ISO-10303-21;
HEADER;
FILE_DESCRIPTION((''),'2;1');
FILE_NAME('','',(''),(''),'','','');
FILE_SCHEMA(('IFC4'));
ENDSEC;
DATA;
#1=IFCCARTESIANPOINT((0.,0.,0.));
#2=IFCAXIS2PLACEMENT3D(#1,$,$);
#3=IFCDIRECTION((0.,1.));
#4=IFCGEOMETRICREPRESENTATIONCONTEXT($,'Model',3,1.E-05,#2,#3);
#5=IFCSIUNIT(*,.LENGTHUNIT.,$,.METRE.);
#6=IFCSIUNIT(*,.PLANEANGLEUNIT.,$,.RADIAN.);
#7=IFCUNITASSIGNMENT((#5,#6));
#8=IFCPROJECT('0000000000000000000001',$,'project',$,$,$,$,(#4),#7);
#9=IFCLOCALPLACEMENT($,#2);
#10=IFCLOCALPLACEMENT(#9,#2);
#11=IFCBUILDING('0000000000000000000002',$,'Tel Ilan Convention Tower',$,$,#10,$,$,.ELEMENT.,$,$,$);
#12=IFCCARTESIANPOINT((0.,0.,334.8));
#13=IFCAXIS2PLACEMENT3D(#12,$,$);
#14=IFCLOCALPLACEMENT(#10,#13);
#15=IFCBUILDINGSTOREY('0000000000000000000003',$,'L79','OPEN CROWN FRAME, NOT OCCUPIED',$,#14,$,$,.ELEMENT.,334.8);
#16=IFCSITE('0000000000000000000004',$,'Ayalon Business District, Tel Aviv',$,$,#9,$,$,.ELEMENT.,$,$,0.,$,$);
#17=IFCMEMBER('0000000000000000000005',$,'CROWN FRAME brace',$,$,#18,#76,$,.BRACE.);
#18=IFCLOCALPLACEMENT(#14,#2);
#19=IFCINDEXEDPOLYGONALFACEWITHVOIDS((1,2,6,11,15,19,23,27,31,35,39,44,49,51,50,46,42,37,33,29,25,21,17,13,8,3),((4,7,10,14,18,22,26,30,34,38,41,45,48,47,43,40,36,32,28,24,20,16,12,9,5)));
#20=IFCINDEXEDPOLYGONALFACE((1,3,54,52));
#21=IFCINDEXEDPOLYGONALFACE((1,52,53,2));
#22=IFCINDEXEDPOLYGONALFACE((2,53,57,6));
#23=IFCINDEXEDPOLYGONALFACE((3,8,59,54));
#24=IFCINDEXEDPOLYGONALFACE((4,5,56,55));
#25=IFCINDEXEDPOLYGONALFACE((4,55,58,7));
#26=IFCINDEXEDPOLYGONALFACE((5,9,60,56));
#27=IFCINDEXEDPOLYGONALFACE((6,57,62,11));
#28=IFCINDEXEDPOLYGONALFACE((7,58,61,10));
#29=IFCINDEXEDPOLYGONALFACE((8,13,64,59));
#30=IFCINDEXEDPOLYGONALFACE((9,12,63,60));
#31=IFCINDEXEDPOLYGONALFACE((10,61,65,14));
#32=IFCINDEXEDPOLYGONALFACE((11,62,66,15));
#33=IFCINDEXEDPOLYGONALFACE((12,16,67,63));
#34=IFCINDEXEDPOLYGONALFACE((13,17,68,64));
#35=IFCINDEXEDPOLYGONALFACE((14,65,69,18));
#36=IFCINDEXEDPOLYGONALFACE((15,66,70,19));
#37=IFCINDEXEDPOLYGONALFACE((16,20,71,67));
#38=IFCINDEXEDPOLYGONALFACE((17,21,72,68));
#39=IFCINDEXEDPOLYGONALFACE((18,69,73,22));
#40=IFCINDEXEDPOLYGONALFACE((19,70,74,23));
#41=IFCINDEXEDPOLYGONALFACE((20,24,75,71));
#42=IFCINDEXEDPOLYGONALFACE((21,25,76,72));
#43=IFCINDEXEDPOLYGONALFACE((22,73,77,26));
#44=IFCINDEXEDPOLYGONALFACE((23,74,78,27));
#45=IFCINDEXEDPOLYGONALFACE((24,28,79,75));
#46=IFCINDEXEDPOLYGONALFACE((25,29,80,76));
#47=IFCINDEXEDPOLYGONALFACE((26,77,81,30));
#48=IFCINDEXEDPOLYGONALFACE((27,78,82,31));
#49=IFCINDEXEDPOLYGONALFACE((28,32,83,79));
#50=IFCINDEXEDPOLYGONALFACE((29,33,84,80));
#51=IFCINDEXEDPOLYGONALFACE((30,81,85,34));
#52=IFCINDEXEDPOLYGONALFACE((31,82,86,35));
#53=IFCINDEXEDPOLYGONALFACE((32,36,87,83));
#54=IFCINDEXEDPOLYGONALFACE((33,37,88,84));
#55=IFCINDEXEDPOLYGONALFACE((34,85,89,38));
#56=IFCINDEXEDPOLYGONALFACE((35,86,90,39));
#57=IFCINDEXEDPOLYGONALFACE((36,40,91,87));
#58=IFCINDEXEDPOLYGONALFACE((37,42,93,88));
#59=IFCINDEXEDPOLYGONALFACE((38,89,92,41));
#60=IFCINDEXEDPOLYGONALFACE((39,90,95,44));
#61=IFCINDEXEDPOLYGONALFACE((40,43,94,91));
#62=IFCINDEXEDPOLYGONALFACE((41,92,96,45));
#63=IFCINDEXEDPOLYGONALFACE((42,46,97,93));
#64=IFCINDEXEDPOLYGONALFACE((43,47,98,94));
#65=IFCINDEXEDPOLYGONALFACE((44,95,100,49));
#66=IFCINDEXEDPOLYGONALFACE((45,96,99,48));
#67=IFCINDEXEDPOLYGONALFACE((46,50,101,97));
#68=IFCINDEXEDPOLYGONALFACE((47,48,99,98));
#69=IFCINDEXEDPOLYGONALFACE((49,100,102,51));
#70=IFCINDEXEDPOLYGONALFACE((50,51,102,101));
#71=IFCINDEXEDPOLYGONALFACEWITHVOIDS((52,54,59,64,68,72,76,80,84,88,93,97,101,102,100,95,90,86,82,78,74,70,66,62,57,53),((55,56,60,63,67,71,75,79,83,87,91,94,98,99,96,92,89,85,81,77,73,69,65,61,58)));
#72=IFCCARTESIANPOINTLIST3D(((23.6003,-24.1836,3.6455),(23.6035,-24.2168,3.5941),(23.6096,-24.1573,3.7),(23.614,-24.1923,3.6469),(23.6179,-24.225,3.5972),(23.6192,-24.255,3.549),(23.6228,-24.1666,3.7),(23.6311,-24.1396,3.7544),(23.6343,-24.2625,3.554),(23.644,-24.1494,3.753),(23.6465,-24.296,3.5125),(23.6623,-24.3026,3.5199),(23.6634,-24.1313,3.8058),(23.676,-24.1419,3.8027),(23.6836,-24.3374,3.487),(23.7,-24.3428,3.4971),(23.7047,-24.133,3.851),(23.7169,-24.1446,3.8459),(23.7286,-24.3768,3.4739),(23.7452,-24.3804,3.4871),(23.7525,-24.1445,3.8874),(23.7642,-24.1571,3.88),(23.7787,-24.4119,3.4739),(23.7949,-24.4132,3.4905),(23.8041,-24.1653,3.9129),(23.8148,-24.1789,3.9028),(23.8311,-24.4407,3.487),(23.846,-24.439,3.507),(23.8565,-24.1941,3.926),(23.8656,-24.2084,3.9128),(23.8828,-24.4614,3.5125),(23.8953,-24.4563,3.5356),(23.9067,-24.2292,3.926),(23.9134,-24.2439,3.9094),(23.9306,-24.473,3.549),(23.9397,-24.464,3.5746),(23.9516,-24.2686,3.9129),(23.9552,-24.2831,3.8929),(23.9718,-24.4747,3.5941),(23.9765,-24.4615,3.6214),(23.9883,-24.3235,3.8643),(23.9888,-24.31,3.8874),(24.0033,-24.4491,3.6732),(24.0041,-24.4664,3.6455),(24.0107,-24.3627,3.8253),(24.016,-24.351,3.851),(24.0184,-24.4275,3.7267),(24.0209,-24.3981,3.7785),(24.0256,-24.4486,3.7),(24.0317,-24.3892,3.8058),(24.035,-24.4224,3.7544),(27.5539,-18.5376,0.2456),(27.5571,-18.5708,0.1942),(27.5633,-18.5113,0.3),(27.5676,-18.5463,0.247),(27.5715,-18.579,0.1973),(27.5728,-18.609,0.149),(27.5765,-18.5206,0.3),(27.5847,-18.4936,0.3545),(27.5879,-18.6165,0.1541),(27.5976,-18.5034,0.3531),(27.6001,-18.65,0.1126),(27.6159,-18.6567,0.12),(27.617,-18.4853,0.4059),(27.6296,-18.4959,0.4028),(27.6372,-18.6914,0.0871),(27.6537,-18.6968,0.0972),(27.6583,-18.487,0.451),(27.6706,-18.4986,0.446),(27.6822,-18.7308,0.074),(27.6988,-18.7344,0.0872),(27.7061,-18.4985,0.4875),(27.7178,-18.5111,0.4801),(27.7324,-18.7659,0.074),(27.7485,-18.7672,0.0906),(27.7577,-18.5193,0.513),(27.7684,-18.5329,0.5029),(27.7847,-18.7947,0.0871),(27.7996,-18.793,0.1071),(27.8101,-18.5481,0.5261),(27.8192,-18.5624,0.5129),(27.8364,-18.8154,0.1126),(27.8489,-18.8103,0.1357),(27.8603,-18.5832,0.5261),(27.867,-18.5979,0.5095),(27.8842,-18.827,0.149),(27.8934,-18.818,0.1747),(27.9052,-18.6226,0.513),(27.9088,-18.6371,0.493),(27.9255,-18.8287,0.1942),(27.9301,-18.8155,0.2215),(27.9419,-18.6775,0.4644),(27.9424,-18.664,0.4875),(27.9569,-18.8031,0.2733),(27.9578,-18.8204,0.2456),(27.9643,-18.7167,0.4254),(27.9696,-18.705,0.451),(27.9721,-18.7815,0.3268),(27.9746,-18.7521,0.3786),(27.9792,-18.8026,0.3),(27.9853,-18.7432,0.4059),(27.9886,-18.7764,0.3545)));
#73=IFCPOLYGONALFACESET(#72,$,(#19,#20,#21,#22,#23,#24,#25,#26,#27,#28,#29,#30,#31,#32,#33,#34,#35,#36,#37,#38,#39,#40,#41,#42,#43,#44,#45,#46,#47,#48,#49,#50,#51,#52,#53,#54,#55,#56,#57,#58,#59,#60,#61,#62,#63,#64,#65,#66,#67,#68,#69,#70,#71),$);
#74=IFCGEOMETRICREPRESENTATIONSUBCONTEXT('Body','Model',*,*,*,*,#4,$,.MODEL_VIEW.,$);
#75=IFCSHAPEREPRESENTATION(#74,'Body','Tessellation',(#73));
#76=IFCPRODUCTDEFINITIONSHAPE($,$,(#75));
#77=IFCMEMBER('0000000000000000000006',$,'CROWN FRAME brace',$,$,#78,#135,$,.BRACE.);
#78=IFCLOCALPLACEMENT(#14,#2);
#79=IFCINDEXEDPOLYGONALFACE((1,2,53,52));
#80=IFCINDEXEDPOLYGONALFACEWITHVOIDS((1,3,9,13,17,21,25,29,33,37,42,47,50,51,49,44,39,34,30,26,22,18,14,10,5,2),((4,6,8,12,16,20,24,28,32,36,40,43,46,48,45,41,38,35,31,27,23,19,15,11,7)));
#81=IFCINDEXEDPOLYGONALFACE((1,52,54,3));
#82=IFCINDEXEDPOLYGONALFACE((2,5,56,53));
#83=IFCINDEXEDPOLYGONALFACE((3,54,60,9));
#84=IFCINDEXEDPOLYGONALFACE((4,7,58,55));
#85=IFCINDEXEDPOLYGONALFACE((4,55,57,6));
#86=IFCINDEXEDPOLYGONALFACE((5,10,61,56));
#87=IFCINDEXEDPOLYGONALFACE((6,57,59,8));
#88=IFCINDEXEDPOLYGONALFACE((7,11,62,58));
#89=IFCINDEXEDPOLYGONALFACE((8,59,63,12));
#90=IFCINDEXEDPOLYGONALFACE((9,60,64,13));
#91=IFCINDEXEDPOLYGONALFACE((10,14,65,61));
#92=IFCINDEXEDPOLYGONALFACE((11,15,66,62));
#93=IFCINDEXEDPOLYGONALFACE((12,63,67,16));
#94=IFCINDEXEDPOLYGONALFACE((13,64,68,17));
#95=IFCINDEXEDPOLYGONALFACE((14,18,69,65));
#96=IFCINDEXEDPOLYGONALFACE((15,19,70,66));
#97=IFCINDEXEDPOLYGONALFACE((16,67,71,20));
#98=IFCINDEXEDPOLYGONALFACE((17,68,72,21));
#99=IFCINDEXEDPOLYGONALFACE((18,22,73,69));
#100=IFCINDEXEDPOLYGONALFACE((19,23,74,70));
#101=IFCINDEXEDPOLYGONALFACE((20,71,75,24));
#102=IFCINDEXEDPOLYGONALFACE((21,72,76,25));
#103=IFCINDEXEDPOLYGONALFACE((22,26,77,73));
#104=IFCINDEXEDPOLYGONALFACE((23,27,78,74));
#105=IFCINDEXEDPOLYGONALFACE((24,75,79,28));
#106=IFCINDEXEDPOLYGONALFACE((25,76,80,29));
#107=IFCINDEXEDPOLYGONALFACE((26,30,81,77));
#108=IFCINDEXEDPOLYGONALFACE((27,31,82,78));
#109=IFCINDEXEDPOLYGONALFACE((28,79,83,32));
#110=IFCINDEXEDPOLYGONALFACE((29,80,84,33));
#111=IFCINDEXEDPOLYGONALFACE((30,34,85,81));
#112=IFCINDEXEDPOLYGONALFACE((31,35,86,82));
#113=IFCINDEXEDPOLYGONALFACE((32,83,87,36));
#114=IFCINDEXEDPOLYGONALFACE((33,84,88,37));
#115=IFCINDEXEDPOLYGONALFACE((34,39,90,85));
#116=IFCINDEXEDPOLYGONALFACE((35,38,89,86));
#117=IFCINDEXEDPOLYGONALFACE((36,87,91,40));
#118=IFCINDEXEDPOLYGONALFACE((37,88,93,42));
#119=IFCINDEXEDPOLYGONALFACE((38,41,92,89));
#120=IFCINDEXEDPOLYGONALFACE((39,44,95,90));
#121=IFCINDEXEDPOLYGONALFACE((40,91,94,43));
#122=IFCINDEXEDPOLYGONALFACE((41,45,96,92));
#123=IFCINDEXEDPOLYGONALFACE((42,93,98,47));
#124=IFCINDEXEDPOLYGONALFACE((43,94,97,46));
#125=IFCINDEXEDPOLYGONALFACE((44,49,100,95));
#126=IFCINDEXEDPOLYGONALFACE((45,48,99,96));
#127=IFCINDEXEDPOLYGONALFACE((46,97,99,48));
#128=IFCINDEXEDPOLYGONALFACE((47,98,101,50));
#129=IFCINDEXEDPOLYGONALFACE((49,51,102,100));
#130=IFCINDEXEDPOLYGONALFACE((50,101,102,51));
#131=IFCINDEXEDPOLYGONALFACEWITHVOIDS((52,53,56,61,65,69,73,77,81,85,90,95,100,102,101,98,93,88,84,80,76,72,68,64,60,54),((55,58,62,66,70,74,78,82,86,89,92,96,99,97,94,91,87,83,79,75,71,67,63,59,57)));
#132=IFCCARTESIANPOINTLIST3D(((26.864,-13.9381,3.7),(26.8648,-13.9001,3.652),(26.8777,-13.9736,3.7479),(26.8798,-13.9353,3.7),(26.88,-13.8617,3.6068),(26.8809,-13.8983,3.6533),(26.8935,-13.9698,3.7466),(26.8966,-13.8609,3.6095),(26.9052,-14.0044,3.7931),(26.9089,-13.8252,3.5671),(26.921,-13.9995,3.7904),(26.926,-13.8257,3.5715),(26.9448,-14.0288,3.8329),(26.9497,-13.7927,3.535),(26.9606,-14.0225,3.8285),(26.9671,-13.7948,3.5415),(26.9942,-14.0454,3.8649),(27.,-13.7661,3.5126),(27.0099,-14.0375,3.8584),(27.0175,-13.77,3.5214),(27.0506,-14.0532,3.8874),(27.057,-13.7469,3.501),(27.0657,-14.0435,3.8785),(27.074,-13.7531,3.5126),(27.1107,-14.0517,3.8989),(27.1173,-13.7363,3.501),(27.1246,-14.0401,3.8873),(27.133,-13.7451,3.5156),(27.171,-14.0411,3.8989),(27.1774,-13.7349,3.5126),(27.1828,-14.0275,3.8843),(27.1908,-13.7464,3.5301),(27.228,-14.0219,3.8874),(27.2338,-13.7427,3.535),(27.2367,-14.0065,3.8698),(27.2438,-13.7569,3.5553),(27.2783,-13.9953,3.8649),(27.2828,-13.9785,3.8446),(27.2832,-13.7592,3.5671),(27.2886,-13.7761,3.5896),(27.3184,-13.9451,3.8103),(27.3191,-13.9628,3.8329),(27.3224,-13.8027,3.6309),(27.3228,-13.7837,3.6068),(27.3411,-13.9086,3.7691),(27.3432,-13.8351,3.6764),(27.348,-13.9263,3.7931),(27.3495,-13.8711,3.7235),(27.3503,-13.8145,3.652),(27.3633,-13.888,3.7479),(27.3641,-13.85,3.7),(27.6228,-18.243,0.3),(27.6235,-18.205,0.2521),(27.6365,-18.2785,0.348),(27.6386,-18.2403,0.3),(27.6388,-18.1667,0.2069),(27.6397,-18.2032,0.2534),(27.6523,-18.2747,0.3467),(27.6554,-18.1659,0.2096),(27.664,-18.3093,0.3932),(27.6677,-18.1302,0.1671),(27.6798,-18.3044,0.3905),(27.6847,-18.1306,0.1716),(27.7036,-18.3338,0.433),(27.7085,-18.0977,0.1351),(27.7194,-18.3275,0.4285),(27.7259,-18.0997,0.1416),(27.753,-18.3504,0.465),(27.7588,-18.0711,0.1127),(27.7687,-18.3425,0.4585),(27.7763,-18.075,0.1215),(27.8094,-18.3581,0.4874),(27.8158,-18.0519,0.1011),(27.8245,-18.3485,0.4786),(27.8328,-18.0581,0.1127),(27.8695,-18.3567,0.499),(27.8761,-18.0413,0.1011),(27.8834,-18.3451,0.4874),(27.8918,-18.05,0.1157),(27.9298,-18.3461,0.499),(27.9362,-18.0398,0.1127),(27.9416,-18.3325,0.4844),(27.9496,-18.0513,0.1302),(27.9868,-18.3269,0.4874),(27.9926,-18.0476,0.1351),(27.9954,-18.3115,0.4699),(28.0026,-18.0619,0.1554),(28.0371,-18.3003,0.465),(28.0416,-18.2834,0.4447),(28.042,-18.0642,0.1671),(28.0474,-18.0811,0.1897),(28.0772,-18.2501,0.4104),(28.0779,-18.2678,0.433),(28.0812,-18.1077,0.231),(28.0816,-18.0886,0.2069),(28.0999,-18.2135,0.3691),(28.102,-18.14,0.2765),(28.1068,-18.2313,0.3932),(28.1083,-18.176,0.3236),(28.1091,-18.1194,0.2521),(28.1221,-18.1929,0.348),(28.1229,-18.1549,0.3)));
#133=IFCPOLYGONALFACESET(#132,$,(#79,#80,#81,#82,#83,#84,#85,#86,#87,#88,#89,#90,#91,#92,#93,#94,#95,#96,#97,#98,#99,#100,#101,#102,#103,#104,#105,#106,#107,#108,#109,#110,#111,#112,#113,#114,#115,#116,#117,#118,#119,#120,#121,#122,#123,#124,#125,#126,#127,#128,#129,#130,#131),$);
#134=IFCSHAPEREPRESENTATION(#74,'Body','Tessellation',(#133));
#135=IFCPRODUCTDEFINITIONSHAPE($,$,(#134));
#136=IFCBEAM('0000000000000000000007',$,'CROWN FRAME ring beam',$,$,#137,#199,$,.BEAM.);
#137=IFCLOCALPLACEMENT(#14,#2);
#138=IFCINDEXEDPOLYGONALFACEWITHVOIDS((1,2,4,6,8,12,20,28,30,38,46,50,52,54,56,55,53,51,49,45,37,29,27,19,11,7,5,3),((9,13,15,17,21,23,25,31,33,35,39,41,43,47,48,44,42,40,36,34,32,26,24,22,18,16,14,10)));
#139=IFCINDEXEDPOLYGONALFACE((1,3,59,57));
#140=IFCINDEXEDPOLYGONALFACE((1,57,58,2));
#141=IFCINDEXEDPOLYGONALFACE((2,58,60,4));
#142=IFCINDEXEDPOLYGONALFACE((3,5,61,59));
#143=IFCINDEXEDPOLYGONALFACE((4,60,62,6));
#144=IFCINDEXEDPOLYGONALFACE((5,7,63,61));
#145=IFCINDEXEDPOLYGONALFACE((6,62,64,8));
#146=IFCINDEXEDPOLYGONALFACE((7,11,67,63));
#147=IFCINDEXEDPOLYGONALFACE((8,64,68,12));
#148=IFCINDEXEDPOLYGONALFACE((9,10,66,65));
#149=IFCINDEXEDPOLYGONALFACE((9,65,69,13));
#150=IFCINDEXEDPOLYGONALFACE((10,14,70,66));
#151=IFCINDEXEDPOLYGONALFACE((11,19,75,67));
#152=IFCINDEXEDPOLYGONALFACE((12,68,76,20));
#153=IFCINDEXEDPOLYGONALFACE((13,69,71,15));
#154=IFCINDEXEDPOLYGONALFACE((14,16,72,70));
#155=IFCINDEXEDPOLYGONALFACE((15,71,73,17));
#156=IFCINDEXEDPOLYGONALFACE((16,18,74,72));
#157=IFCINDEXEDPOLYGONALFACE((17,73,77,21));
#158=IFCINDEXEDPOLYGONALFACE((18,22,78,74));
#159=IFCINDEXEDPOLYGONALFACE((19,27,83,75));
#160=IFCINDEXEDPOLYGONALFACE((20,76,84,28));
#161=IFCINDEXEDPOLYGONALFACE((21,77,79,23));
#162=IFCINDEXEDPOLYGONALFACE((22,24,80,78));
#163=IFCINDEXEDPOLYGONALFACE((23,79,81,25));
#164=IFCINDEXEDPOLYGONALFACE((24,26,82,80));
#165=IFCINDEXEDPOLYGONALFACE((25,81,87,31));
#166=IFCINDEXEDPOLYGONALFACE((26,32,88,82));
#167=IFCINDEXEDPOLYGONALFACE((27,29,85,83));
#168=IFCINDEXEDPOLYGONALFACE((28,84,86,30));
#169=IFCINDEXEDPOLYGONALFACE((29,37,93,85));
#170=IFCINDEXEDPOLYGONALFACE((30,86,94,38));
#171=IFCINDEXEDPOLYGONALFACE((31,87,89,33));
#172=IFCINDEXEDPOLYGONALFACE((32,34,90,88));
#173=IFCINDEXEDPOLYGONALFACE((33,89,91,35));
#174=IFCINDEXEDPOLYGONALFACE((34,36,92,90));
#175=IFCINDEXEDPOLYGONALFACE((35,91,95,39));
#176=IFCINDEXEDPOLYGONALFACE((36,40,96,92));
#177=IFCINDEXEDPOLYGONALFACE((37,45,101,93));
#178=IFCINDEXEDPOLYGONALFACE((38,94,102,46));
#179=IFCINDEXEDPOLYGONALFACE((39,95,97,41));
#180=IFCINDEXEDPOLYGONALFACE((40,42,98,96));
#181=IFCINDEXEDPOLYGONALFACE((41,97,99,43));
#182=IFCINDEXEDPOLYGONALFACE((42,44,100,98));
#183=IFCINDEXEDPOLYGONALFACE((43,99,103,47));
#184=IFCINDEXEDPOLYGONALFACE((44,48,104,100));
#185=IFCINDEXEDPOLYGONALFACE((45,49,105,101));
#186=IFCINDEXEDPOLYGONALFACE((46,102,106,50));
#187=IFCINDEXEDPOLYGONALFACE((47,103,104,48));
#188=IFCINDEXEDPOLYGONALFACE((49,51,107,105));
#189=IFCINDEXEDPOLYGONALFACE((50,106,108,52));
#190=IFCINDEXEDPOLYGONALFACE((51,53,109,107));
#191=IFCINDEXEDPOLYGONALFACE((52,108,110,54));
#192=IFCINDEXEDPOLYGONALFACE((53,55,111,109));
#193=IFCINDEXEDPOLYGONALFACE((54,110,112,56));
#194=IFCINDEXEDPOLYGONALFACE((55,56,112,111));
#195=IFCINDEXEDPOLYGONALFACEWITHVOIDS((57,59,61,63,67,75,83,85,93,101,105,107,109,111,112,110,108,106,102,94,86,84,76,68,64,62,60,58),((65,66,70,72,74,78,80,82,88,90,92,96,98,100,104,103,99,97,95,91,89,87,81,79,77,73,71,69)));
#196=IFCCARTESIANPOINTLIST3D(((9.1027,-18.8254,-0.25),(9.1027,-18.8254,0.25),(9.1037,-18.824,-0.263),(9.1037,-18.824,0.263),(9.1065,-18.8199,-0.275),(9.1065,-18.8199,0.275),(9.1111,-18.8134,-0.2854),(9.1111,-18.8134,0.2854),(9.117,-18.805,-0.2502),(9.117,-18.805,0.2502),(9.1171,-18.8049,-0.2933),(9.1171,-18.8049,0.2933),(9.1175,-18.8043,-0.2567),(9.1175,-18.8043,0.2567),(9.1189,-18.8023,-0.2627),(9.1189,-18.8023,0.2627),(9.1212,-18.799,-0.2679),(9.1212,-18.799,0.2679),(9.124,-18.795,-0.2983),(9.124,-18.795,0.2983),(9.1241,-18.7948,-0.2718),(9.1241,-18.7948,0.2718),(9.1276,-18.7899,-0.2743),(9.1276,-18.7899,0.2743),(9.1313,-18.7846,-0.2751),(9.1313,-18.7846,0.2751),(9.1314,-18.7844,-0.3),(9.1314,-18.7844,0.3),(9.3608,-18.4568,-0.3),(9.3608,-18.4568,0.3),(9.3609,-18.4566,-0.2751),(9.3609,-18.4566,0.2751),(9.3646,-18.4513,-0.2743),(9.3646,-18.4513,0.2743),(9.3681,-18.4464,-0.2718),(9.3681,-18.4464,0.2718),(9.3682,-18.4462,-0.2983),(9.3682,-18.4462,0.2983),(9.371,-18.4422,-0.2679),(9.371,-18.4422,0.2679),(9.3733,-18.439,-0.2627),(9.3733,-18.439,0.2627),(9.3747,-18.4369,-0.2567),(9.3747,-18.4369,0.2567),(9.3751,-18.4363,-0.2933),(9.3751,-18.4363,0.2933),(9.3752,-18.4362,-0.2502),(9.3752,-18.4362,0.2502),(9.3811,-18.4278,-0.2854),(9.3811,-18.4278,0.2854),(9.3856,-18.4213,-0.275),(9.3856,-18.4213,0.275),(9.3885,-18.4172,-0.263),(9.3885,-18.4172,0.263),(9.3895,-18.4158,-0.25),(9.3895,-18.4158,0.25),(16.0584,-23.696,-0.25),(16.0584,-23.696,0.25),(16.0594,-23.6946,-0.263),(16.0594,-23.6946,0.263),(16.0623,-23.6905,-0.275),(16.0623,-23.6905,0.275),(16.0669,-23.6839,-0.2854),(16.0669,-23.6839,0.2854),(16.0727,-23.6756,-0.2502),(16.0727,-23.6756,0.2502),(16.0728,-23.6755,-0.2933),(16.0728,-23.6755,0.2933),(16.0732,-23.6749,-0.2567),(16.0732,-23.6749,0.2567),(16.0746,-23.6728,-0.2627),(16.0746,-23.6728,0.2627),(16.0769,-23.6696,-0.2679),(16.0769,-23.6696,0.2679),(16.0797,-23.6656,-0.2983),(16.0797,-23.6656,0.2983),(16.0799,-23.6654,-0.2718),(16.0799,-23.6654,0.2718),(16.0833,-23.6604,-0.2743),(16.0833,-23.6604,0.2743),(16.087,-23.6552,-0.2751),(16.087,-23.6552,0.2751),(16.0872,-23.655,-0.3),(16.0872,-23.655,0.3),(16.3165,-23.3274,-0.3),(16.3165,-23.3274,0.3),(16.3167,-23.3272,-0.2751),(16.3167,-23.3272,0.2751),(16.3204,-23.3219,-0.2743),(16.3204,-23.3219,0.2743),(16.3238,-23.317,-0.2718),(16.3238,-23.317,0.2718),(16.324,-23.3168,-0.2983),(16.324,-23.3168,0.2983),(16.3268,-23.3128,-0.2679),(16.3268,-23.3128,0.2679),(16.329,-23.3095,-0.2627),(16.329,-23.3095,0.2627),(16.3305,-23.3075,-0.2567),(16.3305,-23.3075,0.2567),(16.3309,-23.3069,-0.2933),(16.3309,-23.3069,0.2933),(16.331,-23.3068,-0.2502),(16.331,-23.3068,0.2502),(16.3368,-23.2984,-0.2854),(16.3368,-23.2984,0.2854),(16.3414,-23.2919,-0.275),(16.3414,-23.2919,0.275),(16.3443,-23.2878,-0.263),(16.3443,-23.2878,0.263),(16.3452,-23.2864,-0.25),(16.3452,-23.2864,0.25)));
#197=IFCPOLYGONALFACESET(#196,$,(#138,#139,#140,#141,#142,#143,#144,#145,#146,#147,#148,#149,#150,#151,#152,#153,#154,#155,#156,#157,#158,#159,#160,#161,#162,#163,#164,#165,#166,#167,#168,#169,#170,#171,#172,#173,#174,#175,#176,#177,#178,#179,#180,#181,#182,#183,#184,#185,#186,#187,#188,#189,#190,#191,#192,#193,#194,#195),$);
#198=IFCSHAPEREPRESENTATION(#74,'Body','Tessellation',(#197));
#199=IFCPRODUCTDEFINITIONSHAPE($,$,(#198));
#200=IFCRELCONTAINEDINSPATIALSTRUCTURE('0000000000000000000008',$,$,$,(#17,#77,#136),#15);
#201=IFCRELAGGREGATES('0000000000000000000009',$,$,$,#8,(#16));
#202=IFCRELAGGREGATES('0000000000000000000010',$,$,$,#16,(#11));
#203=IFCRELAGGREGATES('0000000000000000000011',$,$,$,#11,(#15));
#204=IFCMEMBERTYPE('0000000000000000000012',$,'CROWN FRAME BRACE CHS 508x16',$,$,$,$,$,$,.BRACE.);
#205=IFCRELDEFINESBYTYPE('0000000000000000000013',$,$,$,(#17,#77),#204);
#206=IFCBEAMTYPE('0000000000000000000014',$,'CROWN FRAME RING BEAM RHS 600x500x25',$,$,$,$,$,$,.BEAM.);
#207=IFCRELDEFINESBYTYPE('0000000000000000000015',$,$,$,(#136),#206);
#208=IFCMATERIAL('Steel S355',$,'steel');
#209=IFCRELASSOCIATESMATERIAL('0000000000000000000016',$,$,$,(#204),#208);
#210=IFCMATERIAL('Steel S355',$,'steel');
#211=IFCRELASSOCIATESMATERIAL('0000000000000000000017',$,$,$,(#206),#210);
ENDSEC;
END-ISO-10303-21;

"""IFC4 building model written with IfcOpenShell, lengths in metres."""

from ifc_helpers import new_model, si_unit, direction, frame, origin, origin_2d, place, context, subcontext, project, spatial, hollow_rectangle, hollow_circle, extrude, material, material_profile, profile_set, type_object, element, save


model = new_model("IFC4")

# Units and contexts
model_context = context("Model", 3, precision=1e-05, world=origin(), true_north=direction((0.0, 1.0)))
body_context = subcontext(model_context, "Body", "Model", "MODEL_VIEW")
ifc_project = project(units=[si_unit("LENGTHUNIT", "METRE"), si_unit("PLANEANGLEUNIT", "RADIAN")], contexts=[model_context])

# Site, building, storey
site_placement = place(None, origin())
site = spatial("IfcSite", under=ifc_project, at=site_placement, Name="Ayalon Business District, Tel Aviv", CompositionType="ELEMENT", RefElevation=0.0)
building_placement = place(site_placement, origin())
building = spatial("IfcBuilding", under=site, at=building_placement, Name="Tel Ilan Convention Tower", CompositionType="ELEMENT")
storey_placement = place(building_placement, frame((0.0, 0.0, 334.8)))
storey = spatial("IfcBuildingStorey", under=building, at=storey_placement, Name="L79", Description="OPEN CROWN FRAME, NOT OCCUPIED", CompositionType="ELEMENT", Elevation=334.8)

# Members
ifc_material_1 = material(Name="Steel S355", Category="steel")
ifc_material_profile_1 = material_profile(ifc_material_1, hollow_circle(Radius=0.2539, WallThickness=0.0161, at=origin_2d()), Name="CHS 508x16")
ifc_profile_set_1 = profile_set([ifc_material_profile_1], Name="Steel S355")
member_type = type_object("IfcMemberType", Name="CROWN FRAME BRACE CHS 508x16", PredefinedType="BRACE", material=ifc_profile_set_1)
member_1_placement = place(storey_placement, frame((23.8176, -24.303, 3.7), z_axis=(0.514422, 0.734625, -0.442376), x_axis=(-0.819135, 0.5736, 0.0)))
element("IfcMember", 1, at=member_1_placement, inside=storey, type_object=member_type, Name="CROWN FRAME brace", PredefinedType="BRACE", context=body_context, shape_type="SweptSolid", body=[
    extrude(hollow_circle(Radius=0.2539, WallThickness=0.0161, at=origin_2d()), origin(), (0.0, 0.0, 1.0), 7.6855),
])
member_2_placement = place(storey_placement, frame((27.8728, -18.199, 0.3), z_axis=(-0.137019, 0.777368, 0.613942), x_axis=(-0.984819, -0.173585, 0.0)))
element("IfcMember", 2, at=member_2_placement, inside=storey, type_object=member_type, Name="CROWN FRAME brace", PredefinedType="BRACE", context=body_context, shape_type="SweptSolid", body=[
    extrude(hollow_circle(Radius=0.2539, WallThickness=0.0161, at=origin_2d()), origin(), (0.0, 0.0, 1.0), 5.5378),
])

# Beam
ifc_material_2 = material(Name="Steel S355", Category="steel")
ifc_material_profile_2 = material_profile(ifc_material_2, hollow_rectangle(XDim=0.5, YDim=0.6001, WallThickness=0.0249, InnerFilletRadius=0.0249, OuterFilletRadius=0.05, at=origin_2d()), Name="RHS 600x500x25")
ifc_profile_set_2 = profile_set([ifc_material_profile_2], Name="Steel S355")
beam_type = type_object("IfcBeamType", Name="CROWN FRAME RING BEAM RHS 600x500x25", PredefinedType="BEAM", material=ifc_profile_set_2)
beam_1_placement = place(storey_placement, frame((9.2461, -18.6206, 0.0), z_axis=(0.819147, -0.573584, 0.0), x_axis=(0.573584, 0.819147, 0.0)))
element("IfcBeam", 3, at=beam_1_placement, inside=storey, type_object=beam_type, Name="CROWN FRAME ring beam", PredefinedType="BEAM", context=body_context, shape_type="SweptSolid", body=[
    extrude(hollow_rectangle(XDim=0.5, YDim=0.6001, WallThickness=0.0249, InnerFilletRadius=0.0249, OuterFilletRadius=0.05, at=origin_2d()), origin(), (0.0, 0.0, 1.0), 8.4915),
])

save(model, "model.ifc")
